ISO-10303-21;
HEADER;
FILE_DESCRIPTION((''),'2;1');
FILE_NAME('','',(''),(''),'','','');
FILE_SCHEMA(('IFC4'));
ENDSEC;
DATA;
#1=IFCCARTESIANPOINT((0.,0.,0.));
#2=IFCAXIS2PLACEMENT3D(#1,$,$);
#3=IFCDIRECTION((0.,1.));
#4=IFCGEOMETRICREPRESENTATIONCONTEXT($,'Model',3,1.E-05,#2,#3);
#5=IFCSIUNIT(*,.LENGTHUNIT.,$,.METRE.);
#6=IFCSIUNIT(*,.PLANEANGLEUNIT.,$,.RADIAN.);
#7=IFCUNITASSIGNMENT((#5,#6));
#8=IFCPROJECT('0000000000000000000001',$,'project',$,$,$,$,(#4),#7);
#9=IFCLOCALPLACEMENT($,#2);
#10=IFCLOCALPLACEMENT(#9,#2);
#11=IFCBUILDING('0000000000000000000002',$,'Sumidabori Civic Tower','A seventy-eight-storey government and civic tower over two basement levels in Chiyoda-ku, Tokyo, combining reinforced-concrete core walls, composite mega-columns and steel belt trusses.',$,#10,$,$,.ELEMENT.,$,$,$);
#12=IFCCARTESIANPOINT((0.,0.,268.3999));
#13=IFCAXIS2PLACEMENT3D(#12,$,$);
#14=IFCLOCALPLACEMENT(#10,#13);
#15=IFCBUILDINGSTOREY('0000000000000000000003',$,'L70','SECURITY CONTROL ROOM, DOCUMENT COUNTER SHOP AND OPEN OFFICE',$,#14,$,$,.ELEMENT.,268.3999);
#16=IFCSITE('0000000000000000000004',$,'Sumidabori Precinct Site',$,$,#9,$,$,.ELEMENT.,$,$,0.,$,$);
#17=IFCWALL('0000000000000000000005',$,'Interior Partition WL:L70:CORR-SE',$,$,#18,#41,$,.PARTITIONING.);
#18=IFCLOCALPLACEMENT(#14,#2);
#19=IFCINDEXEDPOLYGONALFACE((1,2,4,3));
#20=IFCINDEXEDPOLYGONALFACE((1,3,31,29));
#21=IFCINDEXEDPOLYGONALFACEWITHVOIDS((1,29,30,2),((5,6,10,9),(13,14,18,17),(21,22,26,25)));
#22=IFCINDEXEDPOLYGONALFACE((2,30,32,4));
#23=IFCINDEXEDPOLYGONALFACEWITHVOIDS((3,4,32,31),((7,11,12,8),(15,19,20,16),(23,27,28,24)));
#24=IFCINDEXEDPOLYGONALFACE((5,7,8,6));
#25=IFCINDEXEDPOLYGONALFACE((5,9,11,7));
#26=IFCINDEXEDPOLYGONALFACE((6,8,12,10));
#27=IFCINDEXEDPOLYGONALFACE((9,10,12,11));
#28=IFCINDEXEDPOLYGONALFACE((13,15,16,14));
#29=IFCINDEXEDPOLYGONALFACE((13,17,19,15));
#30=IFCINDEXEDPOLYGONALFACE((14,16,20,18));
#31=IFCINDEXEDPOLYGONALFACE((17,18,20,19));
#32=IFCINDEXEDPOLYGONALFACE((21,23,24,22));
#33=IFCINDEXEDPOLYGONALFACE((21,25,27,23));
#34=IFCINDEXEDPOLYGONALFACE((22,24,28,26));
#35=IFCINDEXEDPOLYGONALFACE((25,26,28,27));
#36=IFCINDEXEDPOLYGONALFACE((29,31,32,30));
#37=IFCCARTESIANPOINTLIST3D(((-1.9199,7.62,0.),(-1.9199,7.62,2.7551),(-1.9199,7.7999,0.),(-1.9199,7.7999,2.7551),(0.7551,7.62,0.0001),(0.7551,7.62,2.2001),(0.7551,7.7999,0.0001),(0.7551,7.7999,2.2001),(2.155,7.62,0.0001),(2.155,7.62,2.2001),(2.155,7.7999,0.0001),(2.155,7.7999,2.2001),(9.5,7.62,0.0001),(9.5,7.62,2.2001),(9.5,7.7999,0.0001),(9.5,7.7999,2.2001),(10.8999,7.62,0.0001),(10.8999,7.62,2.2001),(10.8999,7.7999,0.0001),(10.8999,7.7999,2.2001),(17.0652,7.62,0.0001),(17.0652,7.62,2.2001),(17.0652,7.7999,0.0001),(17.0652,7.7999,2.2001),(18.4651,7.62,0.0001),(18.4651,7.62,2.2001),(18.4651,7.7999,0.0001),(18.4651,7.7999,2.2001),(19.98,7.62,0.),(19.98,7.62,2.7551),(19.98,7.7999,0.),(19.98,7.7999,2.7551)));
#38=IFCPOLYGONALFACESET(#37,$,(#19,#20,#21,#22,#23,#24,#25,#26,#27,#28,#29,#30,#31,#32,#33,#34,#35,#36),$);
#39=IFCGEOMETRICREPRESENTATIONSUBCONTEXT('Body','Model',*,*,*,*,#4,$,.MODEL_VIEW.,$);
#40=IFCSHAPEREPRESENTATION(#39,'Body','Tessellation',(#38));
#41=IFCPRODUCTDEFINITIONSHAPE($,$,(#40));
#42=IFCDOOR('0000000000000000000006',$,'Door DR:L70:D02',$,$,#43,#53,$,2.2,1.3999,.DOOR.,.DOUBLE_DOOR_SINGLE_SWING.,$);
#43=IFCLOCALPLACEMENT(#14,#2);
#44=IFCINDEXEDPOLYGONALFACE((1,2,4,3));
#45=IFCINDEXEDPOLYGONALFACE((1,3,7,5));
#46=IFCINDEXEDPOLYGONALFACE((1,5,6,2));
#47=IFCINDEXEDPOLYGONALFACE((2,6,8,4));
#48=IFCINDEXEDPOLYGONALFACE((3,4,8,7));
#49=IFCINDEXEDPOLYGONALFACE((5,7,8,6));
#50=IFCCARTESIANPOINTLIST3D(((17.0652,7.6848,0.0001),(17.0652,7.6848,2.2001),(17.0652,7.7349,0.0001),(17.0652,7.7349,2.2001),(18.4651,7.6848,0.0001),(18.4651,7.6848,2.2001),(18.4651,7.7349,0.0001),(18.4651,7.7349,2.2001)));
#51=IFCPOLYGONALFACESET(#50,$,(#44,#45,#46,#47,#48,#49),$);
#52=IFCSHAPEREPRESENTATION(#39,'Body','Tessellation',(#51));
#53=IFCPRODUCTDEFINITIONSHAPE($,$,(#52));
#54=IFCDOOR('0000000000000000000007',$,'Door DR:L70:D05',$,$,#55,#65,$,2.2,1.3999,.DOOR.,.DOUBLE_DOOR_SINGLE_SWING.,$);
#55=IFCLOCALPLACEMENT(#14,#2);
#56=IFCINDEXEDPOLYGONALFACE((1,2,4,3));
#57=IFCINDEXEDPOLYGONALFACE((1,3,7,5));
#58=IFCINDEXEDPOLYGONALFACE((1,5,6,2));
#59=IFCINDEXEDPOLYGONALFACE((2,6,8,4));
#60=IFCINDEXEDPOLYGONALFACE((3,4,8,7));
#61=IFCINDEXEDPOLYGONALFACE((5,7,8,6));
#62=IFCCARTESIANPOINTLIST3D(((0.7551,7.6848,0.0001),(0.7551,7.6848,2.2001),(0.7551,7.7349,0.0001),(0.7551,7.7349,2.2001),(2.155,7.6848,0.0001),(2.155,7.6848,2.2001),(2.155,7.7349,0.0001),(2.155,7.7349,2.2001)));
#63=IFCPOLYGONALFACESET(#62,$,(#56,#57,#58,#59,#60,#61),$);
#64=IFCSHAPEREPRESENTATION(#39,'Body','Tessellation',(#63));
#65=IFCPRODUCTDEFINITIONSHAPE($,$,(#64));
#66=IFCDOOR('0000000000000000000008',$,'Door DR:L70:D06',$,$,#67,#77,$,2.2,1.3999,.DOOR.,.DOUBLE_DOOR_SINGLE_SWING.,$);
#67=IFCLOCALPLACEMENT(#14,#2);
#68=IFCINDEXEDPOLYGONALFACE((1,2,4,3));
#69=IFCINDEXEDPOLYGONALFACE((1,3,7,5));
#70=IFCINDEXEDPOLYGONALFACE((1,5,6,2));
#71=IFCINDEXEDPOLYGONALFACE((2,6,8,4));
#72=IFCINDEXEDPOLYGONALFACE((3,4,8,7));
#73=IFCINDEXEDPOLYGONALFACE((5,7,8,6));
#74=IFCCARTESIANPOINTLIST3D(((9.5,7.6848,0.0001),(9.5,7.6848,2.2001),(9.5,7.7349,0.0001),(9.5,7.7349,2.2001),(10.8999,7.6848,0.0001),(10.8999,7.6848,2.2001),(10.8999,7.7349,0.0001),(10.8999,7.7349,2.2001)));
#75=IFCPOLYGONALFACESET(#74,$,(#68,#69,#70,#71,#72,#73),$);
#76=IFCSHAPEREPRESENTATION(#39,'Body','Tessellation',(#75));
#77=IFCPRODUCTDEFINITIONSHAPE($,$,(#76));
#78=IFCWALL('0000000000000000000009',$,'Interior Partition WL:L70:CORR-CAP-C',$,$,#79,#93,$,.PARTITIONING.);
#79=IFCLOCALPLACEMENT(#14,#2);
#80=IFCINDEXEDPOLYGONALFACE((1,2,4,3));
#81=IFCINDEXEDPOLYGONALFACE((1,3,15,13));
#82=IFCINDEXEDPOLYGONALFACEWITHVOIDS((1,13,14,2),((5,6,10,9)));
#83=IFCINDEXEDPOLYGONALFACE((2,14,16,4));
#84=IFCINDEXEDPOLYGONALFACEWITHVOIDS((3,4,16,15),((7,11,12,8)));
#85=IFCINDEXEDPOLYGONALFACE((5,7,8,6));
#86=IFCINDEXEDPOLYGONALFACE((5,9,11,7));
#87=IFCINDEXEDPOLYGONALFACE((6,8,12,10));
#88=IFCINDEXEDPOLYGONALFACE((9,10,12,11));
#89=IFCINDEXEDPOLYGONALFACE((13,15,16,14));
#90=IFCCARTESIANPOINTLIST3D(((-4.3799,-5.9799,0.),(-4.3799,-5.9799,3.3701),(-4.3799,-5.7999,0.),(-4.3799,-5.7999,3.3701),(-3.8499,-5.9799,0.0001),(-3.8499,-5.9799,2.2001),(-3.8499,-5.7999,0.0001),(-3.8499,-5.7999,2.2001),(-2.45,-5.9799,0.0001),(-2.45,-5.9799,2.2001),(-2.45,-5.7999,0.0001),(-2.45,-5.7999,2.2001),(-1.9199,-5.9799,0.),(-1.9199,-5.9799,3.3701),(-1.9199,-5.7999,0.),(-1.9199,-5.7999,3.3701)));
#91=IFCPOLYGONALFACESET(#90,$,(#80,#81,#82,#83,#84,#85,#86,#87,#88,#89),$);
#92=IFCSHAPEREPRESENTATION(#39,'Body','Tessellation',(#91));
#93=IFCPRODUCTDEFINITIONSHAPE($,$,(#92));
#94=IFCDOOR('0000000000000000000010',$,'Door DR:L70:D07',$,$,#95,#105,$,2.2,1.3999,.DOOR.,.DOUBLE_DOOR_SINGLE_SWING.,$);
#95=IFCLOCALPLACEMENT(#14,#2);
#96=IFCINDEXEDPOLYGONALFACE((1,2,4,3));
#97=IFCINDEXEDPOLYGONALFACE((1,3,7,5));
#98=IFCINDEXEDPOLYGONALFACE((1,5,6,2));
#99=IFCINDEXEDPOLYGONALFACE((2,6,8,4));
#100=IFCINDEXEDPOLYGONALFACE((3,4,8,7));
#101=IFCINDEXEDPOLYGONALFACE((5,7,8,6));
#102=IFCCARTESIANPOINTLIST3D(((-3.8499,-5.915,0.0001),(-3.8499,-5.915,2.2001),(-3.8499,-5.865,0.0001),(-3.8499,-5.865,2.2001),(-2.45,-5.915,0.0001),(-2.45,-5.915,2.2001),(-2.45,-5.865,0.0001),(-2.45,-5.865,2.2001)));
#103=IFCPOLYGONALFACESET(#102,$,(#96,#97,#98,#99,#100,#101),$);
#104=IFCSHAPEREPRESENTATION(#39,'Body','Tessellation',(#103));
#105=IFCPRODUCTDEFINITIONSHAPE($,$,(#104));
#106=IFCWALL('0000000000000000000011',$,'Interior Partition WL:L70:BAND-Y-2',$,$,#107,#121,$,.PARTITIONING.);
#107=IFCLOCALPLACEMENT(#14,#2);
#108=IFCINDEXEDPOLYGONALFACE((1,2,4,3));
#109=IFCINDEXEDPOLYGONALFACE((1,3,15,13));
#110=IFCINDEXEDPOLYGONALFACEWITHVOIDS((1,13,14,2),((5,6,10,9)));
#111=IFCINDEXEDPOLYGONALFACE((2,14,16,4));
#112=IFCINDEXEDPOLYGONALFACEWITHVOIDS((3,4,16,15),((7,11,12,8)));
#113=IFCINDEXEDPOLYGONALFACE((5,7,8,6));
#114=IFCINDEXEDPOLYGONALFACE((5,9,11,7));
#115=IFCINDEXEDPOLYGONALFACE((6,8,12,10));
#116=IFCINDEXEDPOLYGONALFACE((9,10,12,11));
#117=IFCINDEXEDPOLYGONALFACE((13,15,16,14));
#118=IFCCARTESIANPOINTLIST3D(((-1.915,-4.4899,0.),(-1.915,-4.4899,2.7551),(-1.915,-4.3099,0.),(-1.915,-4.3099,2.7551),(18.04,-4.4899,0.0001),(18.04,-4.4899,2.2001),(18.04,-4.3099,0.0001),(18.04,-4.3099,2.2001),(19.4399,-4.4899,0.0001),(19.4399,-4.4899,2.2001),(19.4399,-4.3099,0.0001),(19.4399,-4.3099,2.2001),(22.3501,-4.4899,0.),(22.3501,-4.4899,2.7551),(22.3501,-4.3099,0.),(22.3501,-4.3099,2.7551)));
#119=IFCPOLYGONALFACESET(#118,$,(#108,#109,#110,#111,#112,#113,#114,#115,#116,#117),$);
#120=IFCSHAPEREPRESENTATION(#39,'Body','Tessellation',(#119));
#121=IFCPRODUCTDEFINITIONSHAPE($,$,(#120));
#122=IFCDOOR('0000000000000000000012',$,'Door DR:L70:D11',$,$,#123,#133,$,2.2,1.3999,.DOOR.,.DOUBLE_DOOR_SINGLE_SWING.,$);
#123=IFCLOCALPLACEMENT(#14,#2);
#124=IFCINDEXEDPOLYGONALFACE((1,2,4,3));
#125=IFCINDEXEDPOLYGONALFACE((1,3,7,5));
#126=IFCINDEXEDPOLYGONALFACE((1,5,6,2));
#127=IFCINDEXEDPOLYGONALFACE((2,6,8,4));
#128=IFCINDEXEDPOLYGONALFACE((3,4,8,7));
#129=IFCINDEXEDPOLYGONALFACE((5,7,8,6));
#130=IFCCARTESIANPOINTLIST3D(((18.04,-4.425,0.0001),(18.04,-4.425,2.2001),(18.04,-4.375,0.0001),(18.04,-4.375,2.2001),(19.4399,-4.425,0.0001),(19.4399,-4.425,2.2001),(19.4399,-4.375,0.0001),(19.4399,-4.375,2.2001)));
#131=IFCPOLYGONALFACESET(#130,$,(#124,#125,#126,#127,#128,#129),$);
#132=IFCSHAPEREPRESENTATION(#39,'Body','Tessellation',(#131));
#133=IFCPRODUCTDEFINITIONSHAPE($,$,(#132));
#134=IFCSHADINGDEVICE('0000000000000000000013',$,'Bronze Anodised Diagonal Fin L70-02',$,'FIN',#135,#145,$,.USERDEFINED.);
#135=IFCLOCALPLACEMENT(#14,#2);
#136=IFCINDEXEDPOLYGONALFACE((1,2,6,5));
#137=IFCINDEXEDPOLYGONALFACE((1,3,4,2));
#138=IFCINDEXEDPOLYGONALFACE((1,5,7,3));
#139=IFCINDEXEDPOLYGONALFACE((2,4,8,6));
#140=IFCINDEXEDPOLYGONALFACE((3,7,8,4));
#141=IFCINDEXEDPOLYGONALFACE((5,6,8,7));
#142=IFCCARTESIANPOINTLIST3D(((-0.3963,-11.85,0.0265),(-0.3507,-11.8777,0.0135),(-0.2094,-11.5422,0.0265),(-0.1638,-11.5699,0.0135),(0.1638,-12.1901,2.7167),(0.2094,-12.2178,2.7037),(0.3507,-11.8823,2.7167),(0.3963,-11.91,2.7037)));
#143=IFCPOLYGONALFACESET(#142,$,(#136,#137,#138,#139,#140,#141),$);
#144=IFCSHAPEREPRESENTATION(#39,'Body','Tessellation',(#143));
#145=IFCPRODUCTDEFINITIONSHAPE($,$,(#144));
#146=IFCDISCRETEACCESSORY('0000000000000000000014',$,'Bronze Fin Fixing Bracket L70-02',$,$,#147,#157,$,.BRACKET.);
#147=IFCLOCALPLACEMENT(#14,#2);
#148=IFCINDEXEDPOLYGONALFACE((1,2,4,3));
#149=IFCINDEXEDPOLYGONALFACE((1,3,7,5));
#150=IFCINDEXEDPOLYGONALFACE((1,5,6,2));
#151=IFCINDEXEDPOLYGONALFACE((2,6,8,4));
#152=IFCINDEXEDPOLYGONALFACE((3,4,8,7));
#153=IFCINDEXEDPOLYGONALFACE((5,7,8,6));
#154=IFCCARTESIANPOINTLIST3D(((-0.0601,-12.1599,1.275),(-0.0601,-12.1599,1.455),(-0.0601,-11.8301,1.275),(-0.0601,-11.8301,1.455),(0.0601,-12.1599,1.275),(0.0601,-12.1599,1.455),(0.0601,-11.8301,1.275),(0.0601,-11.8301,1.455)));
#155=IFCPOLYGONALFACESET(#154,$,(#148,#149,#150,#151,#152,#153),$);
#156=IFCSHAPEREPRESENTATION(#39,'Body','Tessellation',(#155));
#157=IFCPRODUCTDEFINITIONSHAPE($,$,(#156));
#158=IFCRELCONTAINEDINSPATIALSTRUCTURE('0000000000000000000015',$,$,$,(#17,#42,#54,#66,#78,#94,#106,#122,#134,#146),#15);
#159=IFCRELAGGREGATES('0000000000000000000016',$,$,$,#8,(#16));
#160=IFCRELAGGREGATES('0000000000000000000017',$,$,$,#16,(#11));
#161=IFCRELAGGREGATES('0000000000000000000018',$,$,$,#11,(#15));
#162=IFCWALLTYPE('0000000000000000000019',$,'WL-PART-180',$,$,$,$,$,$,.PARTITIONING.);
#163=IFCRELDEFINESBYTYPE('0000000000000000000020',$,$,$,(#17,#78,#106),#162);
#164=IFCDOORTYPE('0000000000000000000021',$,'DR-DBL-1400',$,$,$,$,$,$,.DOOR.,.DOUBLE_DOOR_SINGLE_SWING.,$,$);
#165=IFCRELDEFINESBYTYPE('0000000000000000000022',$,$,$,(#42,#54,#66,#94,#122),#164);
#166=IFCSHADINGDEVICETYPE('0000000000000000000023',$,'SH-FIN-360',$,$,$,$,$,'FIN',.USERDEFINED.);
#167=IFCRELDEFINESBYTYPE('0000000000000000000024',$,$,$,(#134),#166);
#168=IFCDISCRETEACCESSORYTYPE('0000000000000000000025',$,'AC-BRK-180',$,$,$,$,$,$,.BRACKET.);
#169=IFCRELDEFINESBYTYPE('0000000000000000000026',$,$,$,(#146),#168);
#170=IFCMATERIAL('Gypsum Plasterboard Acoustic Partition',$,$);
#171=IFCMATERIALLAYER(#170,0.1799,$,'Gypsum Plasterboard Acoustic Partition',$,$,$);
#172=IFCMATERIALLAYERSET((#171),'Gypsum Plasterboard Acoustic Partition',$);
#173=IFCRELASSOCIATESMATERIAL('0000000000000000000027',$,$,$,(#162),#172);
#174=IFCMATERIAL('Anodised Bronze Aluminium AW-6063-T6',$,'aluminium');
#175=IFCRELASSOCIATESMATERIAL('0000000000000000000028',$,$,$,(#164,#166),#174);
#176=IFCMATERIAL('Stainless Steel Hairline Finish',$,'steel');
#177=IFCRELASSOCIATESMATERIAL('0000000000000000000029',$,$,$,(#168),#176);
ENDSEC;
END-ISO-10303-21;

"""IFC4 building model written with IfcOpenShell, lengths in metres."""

from ifc_helpers import new_model, si_unit, direction, frame, frame_2d, origin, origin_2d, place, context, subcontext, project, spatial, rectangle, extrude, source, transform, mapped, material, layer, layer_set, material_profile, profile_set, type_object, element, fill, save


model = new_model("IFC4")

# Units and contexts
model_context = context("Model", 3, precision=1e-05, world=origin(), true_north=direction((0.0, 1.0)))
body_context = subcontext(model_context, "Body", "Model", "MODEL_VIEW")
ifc_project = project(units=[si_unit("LENGTHUNIT", "METRE"), si_unit("PLANEANGLEUNIT", "RADIAN")], contexts=[model_context])

# Site, building, storey
site_placement = place(None, origin())
site = spatial("IfcSite", under=ifc_project, at=site_placement, Name="Sumidabori Precinct Site", CompositionType="ELEMENT", RefElevation=0.0)
building_placement = place(site_placement, origin())
building = spatial("IfcBuilding", under=site, at=building_placement, Name="Sumidabori Civic Tower", Description="A seventy-eight-storey government and civic tower over two basement levels in Chiyoda-ku, Tokyo, combining reinforced-concrete core walls, composite mega-columns and steel belt trusses.", CompositionType="ELEMENT")
storey_placement = place(building_placement, frame((0.0, 0.0, 268.3999)))
storey = spatial("IfcBuildingStorey", under=building, at=storey_placement, Name="L70", Description="SECURITY CONTROL ROOM, DOCUMENT COUNTER SHOP AND OPEN OFFICE", CompositionType="ELEMENT", Elevation=268.3999)

# Shared definitions
ifc_material_1 = material(Name="Anodised Bronze Aluminium AW-6063-T6", Category="aluminium")

# Shared definitions
ifc_material_2 = material(Name="Gypsum Plasterboard Acoustic Partition")
ifc_layer_1 = layer(ifc_material_2, 0.1799, Name="Gypsum Plasterboard Acoustic Partition")
ifc_layer_set_1 = layer_set([ifc_layer_1], Name="Gypsum Plasterboard Acoustic Partition")
wall_type = type_object("IfcWallType", Name="WL-PART-180", PredefinedType="PARTITIONING", material=ifc_layer_set_1)
door_type = type_object("IfcDoorType", Name="DR-DBL-1400", OperationType="DOUBLE_DOOR_SINGLE_SWING", PredefinedType="DOOR", material=ifc_material_1)
shared_shape_1 = source(origin(), body_context, "Body", "SweptSolid", [
    extrude(rectangle(XDim=1.3999, YDim=2.2, at=frame_2d((0.7, 1.1001))), frame((0.0, 0.0249, 0.0), z_axis=(0.0, -1.0, 0.0), x_axis=(1.0, 0.0, 0.0)), (0.0, 0.0, 1.0), 0.05),
])

# Wall, openings, doors
shared_shape_2 = source(origin(), body_context, "Body", "SweptSolid", [
    extrude(rectangle(XDim=21.8999, YDim=0.1799, at=frame_2d((10.95, 0.0))), origin(), (0.0, 0.0, 1.0), 2.7551),
])
wall_1_placement = place(storey_placement, frame((-1.9199, 7.71, 0.0), z_axis=(0.0, 0.0, 1.0), x_axis=(1.0, 0.0, 0.0)))
wall_1 = element("IfcWall", 1, at=wall_1_placement, inside=storey, type_object=wall_type, Name="Interior Partition WL:L70:CORR-SE", PredefinedType="PARTITIONING", context=body_context, shape_type="MappedRepresentation", body=[
    mapped(shared_shape_2, transform((0.0, 0.0, 0.0), x_axis=(1.0, 0.0, 0.0), y_axis=(0.0, 1.0, 0.0), z_axis=(0.0, 0.0, 1.0), scale=1.0)),
])
opening_1_placement = place(wall_1_placement, frame((18.9851, 0.0, 0.0)))
opening_1 = element("IfcOpeningElement", 2, at=opening_1_placement, cuts=wall_1, PredefinedType="OPENING", context=body_context, shape_type="SweptSolid", body=[
    extrude(rectangle(XDim=1.3999, YDim=2.2, at=frame_2d((0.7, 1.1001))), frame((0.0, 0.1021, 0.0), z_axis=(0.0, -1.0, 0.0), x_axis=(1.0, 0.0, 0.0)), (0.0, 0.0, 1.0), 0.2039),
])
opening_2_placement = place(wall_1_placement, frame((2.675, 0.0, 0.0)))
opening_2 = element("IfcOpeningElement", 3, at=opening_2_placement, cuts=wall_1, PredefinedType="OPENING", context=body_context, shape_type="SweptSolid", body=[
    extrude(rectangle(XDim=1.3999, YDim=2.2, at=frame_2d((0.7, 1.1001))), frame((0.0, 0.1021, 0.0), z_axis=(0.0, -1.0, 0.0), x_axis=(1.0, 0.0, 0.0)), (0.0, 0.0, 1.0), 0.2039),
])
opening_3_placement = place(wall_1_placement, frame((11.4199, 0.0, 0.0)))
opening_3 = element("IfcOpeningElement", 4, at=opening_3_placement, cuts=wall_1, PredefinedType="OPENING", context=body_context, shape_type="SweptSolid", body=[
    extrude(rectangle(XDim=1.3999, YDim=2.2, at=frame_2d((0.7, 1.1001))), frame((0.0, 0.1021, 0.0), z_axis=(0.0, -1.0, 0.0), x_axis=(1.0, 0.0, 0.0)), (0.0, 0.0, 1.0), 0.2039),
])
door_1_placement = place(opening_1_placement, origin())
door_1 = element("IfcDoor", 5, at=door_1_placement, inside=storey, type_object=door_type, Name="Door DR:L70:D02", OperationType="DOUBLE_DOOR_SINGLE_SWING", OverallHeight=2.2, OverallWidth=1.3999, PredefinedType="DOOR", context=body_context, shape_type="MappedRepresentation", body=[
    mapped(shared_shape_1, transform((0.0, 0.0, 0.0), x_axis=(1.0, 0.0, 0.0), y_axis=(0.0, 1.0, 0.0), z_axis=(0.0, 0.0, 1.0), scale=1.0)),
])
fill(opening_1, door_1)
door_2_placement = place(opening_2_placement, origin())
door_2 = element("IfcDoor", 6, at=door_2_placement, inside=storey, type_object=door_type, Name="Door DR:L70:D05", OperationType="DOUBLE_DOOR_SINGLE_SWING", OverallHeight=2.2, OverallWidth=1.3999, PredefinedType="DOOR", context=body_context, shape_type="MappedRepresentation", body=[
    mapped(shared_shape_1, transform((0.0, 0.0, 0.0), x_axis=(1.0, 0.0, 0.0), y_axis=(0.0, 1.0, 0.0), z_axis=(0.0, 0.0, 1.0), scale=1.0)),
])
fill(opening_2, door_2)
door_3_placement = place(opening_3_placement, origin())
door_3 = element("IfcDoor", 7, at=door_3_placement, inside=storey, type_object=door_type, Name="Door DR:L70:D06", OperationType="DOUBLE_DOOR_SINGLE_SWING", OverallHeight=2.2, OverallWidth=1.3999, PredefinedType="DOOR", context=body_context, shape_type="MappedRepresentation", body=[
    mapped(shared_shape_1, transform((0.0, 0.0, 0.0), x_axis=(1.0, 0.0, 0.0), y_axis=(0.0, 1.0, 0.0), z_axis=(0.0, 0.0, 1.0), scale=1.0)),
])
fill(opening_3, door_3)

# Walls, openings, doors
shared_shape_3 = source(origin(), body_context, "Body", "SweptSolid", [
    extrude(rectangle(XDim=2.46, YDim=0.1799, at=frame_2d((1.23, 0.0))), origin(), (0.0, 0.0, 1.0), 3.3701),
])
wall_2_placement = place(storey_placement, frame((-4.3799, -5.8899, 0.0), z_axis=(0.0, 0.0, 1.0), x_axis=(1.0, 0.0, 0.0)))
wall_2 = element("IfcWall", 8, at=wall_2_placement, inside=storey, type_object=wall_type, Name="Interior Partition WL:L70:CORR-CAP-C", PredefinedType="PARTITIONING", context=body_context, shape_type="MappedRepresentation", body=[
    mapped(shared_shape_3, transform((0.0, 0.0, 0.0), x_axis=(1.0, 0.0, 0.0), y_axis=(0.0, 1.0, 0.0), z_axis=(0.0, 0.0, 1.0), scale=1.0)),
])
opening_4_placement = place(wall_2_placement, frame((0.53, 0.0, 0.0)))
opening_4 = element("IfcOpeningElement", 9, at=opening_4_placement, cuts=wall_2, PredefinedType="OPENING", context=body_context, shape_type="SweptSolid", body=[
    extrude(rectangle(XDim=1.3999, YDim=2.2, at=frame_2d((0.7, 1.1001))), frame((0.0, 0.1021, 0.0), z_axis=(0.0, -1.0, 0.0), x_axis=(1.0, 0.0, 0.0)), (0.0, 0.0, 1.0), 0.2039),
])
door_4_placement = place(opening_4_placement, origin())
door_4 = element("IfcDoor", 10, at=door_4_placement, inside=storey, type_object=door_type, Name="Door DR:L70:D07", OperationType="DOUBLE_DOOR_SINGLE_SWING", OverallHeight=2.2, OverallWidth=1.3999, PredefinedType="DOOR", context=body_context, shape_type="MappedRepresentation", body=[
    mapped(shared_shape_1, transform((0.0, 0.0, 0.0), x_axis=(1.0, 0.0, 0.0), y_axis=(0.0, 1.0, 0.0), z_axis=(0.0, 0.0, 1.0), scale=1.0)),
])
fill(opening_4, door_4)
shared_shape_4 = source(origin(), body_context, "Body", "SweptSolid", [
    extrude(rectangle(XDim=24.2651, YDim=0.1799, at=frame_2d((12.1326, 0.0))), origin(), (0.0, 0.0, 1.0), 2.7551),
])
wall_3_placement = place(storey_placement, frame((-1.915, -4.3999, 0.0), z_axis=(0.0, 0.0, 1.0), x_axis=(1.0, 0.0, 0.0)))
wall_3 = element("IfcWall", 11, at=wall_3_placement, inside=storey, type_object=wall_type, Name="Interior Partition WL:L70:BAND-Y-2", PredefinedType="PARTITIONING", context=body_context, shape_type="MappedRepresentation", body=[
    mapped(shared_shape_4, transform((0.0, 0.0, 0.0), x_axis=(1.0, 0.0, 0.0), y_axis=(0.0, 1.0, 0.0), z_axis=(0.0, 0.0, 1.0), scale=1.0)),
])
opening_5_placement = place(wall_3_placement, frame((19.9551, 0.0, 0.0)))
opening_5 = element("IfcOpeningElement", 12, at=opening_5_placement, cuts=wall_3, PredefinedType="OPENING", context=body_context, shape_type="SweptSolid", body=[
    extrude(rectangle(XDim=1.3999, YDim=2.2, at=frame_2d((0.7, 1.1001))), frame((0.0, 0.1021, 0.0), z_axis=(0.0, -1.0, 0.0), x_axis=(1.0, 0.0, 0.0)), (0.0, 0.0, 1.0), 0.2039),
])
door_5_placement = place(opening_5_placement, origin())
door_5 = element("IfcDoor", 13, at=door_5_placement, inside=storey, type_object=door_type, Name="Door DR:L70:D11", OperationType="DOUBLE_DOOR_SINGLE_SWING", OverallHeight=2.2, OverallWidth=1.3999, PredefinedType="DOOR", context=body_context, shape_type="MappedRepresentation", body=[
    mapped(shared_shape_1, transform((0.0, 0.0, 0.0), x_axis=(1.0, 0.0, 0.0), y_axis=(0.0, 1.0, 0.0), z_axis=(0.0, 0.0, 1.0), scale=1.0)),
])
fill(opening_5, door_5)

# Shading device
ifc_material_profile_1 = material_profile(ifc_material_1, rectangle(XDim=0.0549, YDim=0.3601, at=origin_2d()), Name="BRONZE FIN 360x55")
ifc_profile_set_1 = profile_set([ifc_material_profile_1], Name="Anodised Bronze Aluminium AW-6063-T6")
shading_device_type = type_object("IfcShadingDeviceType", Name="SH-FIN-360", ElementType="FIN", PredefinedType="USERDEFINED", material=ifc_profile_set_1)
shared_shape_5 = source(origin(), body_context, "Body", "SweptSolid", [
    extrude(rectangle(XDim=0.0549, YDim=0.3601, at=origin_2d()), origin(), (0.0, 0.0, 1.0), 2.7688),
])
shading_device_placement = place(storey_placement, frame((-0.28, -11.71, 0.02), z_axis=(0.202273, -0.122827, 0.971596), x_axis=(0.830474, -0.504294, -0.236645)))
element("IfcShadingDevice", 14, at=shading_device_placement, inside=storey, type_object=shading_device_type, Name="Bronze Anodised Diagonal Fin L70-02", ObjectType="FIN", PredefinedType="USERDEFINED", context=body_context, shape_type="MappedRepresentation", body=[
    mapped(shared_shape_5, transform((0.0, 0.0, 0.0), x_axis=(1.0, 0.0, 0.0), y_axis=(0.0, 1.0, 0.0), z_axis=(0.0, 0.0, 1.0), scale=1.0)),
])

# Discrete accessory
ifc_material_3 = material(Name="Stainless Steel Hairline Finish", Category="steel")
ifc_material_profile_2 = material_profile(ifc_material_3, rectangle(XDim=0.1201, YDim=0.1799, at=origin_2d()), Name="STEEL BRACKET 180x120")
ifc_profile_set_2 = profile_set([ifc_material_profile_2], Name="Stainless Steel Hairline Finish")
discrete_accessory_type = type_object("IfcDiscreteAccessoryType", Name="AC-BRK-180", PredefinedType="BRACKET", material=ifc_profile_set_2)
shared_shape_6 = source(origin(), body_context, "Body", "SweptSolid", [
    extrude(rectangle(XDim=0.1201, YDim=0.1799, at=origin_2d()), origin(), (0.0, 0.0, 1.0), 0.3298),
])
discrete_accessory_placement = place(storey_placement, frame((0.0, -11.8301, 1.365), z_axis=(0.0, -1.0, 0.0), x_axis=(1.0, 0.0, 0.0)))
element("IfcDiscreteAccessory", 15, at=discrete_accessory_placement, inside=storey, type_object=discrete_accessory_type, Name="Bronze Fin Fixing Bracket L70-02", PredefinedType="BRACKET", context=body_context, shape_type="MappedRepresentation", body=[
    mapped(shared_shape_6, transform((0.0, 0.0, 0.0), x_axis=(1.0, 0.0, 0.0), y_axis=(0.0, 1.0, 0.0), z_axis=(0.0, 0.0, 1.0), scale=1.0)),
])

save(model, "model.ifc")
